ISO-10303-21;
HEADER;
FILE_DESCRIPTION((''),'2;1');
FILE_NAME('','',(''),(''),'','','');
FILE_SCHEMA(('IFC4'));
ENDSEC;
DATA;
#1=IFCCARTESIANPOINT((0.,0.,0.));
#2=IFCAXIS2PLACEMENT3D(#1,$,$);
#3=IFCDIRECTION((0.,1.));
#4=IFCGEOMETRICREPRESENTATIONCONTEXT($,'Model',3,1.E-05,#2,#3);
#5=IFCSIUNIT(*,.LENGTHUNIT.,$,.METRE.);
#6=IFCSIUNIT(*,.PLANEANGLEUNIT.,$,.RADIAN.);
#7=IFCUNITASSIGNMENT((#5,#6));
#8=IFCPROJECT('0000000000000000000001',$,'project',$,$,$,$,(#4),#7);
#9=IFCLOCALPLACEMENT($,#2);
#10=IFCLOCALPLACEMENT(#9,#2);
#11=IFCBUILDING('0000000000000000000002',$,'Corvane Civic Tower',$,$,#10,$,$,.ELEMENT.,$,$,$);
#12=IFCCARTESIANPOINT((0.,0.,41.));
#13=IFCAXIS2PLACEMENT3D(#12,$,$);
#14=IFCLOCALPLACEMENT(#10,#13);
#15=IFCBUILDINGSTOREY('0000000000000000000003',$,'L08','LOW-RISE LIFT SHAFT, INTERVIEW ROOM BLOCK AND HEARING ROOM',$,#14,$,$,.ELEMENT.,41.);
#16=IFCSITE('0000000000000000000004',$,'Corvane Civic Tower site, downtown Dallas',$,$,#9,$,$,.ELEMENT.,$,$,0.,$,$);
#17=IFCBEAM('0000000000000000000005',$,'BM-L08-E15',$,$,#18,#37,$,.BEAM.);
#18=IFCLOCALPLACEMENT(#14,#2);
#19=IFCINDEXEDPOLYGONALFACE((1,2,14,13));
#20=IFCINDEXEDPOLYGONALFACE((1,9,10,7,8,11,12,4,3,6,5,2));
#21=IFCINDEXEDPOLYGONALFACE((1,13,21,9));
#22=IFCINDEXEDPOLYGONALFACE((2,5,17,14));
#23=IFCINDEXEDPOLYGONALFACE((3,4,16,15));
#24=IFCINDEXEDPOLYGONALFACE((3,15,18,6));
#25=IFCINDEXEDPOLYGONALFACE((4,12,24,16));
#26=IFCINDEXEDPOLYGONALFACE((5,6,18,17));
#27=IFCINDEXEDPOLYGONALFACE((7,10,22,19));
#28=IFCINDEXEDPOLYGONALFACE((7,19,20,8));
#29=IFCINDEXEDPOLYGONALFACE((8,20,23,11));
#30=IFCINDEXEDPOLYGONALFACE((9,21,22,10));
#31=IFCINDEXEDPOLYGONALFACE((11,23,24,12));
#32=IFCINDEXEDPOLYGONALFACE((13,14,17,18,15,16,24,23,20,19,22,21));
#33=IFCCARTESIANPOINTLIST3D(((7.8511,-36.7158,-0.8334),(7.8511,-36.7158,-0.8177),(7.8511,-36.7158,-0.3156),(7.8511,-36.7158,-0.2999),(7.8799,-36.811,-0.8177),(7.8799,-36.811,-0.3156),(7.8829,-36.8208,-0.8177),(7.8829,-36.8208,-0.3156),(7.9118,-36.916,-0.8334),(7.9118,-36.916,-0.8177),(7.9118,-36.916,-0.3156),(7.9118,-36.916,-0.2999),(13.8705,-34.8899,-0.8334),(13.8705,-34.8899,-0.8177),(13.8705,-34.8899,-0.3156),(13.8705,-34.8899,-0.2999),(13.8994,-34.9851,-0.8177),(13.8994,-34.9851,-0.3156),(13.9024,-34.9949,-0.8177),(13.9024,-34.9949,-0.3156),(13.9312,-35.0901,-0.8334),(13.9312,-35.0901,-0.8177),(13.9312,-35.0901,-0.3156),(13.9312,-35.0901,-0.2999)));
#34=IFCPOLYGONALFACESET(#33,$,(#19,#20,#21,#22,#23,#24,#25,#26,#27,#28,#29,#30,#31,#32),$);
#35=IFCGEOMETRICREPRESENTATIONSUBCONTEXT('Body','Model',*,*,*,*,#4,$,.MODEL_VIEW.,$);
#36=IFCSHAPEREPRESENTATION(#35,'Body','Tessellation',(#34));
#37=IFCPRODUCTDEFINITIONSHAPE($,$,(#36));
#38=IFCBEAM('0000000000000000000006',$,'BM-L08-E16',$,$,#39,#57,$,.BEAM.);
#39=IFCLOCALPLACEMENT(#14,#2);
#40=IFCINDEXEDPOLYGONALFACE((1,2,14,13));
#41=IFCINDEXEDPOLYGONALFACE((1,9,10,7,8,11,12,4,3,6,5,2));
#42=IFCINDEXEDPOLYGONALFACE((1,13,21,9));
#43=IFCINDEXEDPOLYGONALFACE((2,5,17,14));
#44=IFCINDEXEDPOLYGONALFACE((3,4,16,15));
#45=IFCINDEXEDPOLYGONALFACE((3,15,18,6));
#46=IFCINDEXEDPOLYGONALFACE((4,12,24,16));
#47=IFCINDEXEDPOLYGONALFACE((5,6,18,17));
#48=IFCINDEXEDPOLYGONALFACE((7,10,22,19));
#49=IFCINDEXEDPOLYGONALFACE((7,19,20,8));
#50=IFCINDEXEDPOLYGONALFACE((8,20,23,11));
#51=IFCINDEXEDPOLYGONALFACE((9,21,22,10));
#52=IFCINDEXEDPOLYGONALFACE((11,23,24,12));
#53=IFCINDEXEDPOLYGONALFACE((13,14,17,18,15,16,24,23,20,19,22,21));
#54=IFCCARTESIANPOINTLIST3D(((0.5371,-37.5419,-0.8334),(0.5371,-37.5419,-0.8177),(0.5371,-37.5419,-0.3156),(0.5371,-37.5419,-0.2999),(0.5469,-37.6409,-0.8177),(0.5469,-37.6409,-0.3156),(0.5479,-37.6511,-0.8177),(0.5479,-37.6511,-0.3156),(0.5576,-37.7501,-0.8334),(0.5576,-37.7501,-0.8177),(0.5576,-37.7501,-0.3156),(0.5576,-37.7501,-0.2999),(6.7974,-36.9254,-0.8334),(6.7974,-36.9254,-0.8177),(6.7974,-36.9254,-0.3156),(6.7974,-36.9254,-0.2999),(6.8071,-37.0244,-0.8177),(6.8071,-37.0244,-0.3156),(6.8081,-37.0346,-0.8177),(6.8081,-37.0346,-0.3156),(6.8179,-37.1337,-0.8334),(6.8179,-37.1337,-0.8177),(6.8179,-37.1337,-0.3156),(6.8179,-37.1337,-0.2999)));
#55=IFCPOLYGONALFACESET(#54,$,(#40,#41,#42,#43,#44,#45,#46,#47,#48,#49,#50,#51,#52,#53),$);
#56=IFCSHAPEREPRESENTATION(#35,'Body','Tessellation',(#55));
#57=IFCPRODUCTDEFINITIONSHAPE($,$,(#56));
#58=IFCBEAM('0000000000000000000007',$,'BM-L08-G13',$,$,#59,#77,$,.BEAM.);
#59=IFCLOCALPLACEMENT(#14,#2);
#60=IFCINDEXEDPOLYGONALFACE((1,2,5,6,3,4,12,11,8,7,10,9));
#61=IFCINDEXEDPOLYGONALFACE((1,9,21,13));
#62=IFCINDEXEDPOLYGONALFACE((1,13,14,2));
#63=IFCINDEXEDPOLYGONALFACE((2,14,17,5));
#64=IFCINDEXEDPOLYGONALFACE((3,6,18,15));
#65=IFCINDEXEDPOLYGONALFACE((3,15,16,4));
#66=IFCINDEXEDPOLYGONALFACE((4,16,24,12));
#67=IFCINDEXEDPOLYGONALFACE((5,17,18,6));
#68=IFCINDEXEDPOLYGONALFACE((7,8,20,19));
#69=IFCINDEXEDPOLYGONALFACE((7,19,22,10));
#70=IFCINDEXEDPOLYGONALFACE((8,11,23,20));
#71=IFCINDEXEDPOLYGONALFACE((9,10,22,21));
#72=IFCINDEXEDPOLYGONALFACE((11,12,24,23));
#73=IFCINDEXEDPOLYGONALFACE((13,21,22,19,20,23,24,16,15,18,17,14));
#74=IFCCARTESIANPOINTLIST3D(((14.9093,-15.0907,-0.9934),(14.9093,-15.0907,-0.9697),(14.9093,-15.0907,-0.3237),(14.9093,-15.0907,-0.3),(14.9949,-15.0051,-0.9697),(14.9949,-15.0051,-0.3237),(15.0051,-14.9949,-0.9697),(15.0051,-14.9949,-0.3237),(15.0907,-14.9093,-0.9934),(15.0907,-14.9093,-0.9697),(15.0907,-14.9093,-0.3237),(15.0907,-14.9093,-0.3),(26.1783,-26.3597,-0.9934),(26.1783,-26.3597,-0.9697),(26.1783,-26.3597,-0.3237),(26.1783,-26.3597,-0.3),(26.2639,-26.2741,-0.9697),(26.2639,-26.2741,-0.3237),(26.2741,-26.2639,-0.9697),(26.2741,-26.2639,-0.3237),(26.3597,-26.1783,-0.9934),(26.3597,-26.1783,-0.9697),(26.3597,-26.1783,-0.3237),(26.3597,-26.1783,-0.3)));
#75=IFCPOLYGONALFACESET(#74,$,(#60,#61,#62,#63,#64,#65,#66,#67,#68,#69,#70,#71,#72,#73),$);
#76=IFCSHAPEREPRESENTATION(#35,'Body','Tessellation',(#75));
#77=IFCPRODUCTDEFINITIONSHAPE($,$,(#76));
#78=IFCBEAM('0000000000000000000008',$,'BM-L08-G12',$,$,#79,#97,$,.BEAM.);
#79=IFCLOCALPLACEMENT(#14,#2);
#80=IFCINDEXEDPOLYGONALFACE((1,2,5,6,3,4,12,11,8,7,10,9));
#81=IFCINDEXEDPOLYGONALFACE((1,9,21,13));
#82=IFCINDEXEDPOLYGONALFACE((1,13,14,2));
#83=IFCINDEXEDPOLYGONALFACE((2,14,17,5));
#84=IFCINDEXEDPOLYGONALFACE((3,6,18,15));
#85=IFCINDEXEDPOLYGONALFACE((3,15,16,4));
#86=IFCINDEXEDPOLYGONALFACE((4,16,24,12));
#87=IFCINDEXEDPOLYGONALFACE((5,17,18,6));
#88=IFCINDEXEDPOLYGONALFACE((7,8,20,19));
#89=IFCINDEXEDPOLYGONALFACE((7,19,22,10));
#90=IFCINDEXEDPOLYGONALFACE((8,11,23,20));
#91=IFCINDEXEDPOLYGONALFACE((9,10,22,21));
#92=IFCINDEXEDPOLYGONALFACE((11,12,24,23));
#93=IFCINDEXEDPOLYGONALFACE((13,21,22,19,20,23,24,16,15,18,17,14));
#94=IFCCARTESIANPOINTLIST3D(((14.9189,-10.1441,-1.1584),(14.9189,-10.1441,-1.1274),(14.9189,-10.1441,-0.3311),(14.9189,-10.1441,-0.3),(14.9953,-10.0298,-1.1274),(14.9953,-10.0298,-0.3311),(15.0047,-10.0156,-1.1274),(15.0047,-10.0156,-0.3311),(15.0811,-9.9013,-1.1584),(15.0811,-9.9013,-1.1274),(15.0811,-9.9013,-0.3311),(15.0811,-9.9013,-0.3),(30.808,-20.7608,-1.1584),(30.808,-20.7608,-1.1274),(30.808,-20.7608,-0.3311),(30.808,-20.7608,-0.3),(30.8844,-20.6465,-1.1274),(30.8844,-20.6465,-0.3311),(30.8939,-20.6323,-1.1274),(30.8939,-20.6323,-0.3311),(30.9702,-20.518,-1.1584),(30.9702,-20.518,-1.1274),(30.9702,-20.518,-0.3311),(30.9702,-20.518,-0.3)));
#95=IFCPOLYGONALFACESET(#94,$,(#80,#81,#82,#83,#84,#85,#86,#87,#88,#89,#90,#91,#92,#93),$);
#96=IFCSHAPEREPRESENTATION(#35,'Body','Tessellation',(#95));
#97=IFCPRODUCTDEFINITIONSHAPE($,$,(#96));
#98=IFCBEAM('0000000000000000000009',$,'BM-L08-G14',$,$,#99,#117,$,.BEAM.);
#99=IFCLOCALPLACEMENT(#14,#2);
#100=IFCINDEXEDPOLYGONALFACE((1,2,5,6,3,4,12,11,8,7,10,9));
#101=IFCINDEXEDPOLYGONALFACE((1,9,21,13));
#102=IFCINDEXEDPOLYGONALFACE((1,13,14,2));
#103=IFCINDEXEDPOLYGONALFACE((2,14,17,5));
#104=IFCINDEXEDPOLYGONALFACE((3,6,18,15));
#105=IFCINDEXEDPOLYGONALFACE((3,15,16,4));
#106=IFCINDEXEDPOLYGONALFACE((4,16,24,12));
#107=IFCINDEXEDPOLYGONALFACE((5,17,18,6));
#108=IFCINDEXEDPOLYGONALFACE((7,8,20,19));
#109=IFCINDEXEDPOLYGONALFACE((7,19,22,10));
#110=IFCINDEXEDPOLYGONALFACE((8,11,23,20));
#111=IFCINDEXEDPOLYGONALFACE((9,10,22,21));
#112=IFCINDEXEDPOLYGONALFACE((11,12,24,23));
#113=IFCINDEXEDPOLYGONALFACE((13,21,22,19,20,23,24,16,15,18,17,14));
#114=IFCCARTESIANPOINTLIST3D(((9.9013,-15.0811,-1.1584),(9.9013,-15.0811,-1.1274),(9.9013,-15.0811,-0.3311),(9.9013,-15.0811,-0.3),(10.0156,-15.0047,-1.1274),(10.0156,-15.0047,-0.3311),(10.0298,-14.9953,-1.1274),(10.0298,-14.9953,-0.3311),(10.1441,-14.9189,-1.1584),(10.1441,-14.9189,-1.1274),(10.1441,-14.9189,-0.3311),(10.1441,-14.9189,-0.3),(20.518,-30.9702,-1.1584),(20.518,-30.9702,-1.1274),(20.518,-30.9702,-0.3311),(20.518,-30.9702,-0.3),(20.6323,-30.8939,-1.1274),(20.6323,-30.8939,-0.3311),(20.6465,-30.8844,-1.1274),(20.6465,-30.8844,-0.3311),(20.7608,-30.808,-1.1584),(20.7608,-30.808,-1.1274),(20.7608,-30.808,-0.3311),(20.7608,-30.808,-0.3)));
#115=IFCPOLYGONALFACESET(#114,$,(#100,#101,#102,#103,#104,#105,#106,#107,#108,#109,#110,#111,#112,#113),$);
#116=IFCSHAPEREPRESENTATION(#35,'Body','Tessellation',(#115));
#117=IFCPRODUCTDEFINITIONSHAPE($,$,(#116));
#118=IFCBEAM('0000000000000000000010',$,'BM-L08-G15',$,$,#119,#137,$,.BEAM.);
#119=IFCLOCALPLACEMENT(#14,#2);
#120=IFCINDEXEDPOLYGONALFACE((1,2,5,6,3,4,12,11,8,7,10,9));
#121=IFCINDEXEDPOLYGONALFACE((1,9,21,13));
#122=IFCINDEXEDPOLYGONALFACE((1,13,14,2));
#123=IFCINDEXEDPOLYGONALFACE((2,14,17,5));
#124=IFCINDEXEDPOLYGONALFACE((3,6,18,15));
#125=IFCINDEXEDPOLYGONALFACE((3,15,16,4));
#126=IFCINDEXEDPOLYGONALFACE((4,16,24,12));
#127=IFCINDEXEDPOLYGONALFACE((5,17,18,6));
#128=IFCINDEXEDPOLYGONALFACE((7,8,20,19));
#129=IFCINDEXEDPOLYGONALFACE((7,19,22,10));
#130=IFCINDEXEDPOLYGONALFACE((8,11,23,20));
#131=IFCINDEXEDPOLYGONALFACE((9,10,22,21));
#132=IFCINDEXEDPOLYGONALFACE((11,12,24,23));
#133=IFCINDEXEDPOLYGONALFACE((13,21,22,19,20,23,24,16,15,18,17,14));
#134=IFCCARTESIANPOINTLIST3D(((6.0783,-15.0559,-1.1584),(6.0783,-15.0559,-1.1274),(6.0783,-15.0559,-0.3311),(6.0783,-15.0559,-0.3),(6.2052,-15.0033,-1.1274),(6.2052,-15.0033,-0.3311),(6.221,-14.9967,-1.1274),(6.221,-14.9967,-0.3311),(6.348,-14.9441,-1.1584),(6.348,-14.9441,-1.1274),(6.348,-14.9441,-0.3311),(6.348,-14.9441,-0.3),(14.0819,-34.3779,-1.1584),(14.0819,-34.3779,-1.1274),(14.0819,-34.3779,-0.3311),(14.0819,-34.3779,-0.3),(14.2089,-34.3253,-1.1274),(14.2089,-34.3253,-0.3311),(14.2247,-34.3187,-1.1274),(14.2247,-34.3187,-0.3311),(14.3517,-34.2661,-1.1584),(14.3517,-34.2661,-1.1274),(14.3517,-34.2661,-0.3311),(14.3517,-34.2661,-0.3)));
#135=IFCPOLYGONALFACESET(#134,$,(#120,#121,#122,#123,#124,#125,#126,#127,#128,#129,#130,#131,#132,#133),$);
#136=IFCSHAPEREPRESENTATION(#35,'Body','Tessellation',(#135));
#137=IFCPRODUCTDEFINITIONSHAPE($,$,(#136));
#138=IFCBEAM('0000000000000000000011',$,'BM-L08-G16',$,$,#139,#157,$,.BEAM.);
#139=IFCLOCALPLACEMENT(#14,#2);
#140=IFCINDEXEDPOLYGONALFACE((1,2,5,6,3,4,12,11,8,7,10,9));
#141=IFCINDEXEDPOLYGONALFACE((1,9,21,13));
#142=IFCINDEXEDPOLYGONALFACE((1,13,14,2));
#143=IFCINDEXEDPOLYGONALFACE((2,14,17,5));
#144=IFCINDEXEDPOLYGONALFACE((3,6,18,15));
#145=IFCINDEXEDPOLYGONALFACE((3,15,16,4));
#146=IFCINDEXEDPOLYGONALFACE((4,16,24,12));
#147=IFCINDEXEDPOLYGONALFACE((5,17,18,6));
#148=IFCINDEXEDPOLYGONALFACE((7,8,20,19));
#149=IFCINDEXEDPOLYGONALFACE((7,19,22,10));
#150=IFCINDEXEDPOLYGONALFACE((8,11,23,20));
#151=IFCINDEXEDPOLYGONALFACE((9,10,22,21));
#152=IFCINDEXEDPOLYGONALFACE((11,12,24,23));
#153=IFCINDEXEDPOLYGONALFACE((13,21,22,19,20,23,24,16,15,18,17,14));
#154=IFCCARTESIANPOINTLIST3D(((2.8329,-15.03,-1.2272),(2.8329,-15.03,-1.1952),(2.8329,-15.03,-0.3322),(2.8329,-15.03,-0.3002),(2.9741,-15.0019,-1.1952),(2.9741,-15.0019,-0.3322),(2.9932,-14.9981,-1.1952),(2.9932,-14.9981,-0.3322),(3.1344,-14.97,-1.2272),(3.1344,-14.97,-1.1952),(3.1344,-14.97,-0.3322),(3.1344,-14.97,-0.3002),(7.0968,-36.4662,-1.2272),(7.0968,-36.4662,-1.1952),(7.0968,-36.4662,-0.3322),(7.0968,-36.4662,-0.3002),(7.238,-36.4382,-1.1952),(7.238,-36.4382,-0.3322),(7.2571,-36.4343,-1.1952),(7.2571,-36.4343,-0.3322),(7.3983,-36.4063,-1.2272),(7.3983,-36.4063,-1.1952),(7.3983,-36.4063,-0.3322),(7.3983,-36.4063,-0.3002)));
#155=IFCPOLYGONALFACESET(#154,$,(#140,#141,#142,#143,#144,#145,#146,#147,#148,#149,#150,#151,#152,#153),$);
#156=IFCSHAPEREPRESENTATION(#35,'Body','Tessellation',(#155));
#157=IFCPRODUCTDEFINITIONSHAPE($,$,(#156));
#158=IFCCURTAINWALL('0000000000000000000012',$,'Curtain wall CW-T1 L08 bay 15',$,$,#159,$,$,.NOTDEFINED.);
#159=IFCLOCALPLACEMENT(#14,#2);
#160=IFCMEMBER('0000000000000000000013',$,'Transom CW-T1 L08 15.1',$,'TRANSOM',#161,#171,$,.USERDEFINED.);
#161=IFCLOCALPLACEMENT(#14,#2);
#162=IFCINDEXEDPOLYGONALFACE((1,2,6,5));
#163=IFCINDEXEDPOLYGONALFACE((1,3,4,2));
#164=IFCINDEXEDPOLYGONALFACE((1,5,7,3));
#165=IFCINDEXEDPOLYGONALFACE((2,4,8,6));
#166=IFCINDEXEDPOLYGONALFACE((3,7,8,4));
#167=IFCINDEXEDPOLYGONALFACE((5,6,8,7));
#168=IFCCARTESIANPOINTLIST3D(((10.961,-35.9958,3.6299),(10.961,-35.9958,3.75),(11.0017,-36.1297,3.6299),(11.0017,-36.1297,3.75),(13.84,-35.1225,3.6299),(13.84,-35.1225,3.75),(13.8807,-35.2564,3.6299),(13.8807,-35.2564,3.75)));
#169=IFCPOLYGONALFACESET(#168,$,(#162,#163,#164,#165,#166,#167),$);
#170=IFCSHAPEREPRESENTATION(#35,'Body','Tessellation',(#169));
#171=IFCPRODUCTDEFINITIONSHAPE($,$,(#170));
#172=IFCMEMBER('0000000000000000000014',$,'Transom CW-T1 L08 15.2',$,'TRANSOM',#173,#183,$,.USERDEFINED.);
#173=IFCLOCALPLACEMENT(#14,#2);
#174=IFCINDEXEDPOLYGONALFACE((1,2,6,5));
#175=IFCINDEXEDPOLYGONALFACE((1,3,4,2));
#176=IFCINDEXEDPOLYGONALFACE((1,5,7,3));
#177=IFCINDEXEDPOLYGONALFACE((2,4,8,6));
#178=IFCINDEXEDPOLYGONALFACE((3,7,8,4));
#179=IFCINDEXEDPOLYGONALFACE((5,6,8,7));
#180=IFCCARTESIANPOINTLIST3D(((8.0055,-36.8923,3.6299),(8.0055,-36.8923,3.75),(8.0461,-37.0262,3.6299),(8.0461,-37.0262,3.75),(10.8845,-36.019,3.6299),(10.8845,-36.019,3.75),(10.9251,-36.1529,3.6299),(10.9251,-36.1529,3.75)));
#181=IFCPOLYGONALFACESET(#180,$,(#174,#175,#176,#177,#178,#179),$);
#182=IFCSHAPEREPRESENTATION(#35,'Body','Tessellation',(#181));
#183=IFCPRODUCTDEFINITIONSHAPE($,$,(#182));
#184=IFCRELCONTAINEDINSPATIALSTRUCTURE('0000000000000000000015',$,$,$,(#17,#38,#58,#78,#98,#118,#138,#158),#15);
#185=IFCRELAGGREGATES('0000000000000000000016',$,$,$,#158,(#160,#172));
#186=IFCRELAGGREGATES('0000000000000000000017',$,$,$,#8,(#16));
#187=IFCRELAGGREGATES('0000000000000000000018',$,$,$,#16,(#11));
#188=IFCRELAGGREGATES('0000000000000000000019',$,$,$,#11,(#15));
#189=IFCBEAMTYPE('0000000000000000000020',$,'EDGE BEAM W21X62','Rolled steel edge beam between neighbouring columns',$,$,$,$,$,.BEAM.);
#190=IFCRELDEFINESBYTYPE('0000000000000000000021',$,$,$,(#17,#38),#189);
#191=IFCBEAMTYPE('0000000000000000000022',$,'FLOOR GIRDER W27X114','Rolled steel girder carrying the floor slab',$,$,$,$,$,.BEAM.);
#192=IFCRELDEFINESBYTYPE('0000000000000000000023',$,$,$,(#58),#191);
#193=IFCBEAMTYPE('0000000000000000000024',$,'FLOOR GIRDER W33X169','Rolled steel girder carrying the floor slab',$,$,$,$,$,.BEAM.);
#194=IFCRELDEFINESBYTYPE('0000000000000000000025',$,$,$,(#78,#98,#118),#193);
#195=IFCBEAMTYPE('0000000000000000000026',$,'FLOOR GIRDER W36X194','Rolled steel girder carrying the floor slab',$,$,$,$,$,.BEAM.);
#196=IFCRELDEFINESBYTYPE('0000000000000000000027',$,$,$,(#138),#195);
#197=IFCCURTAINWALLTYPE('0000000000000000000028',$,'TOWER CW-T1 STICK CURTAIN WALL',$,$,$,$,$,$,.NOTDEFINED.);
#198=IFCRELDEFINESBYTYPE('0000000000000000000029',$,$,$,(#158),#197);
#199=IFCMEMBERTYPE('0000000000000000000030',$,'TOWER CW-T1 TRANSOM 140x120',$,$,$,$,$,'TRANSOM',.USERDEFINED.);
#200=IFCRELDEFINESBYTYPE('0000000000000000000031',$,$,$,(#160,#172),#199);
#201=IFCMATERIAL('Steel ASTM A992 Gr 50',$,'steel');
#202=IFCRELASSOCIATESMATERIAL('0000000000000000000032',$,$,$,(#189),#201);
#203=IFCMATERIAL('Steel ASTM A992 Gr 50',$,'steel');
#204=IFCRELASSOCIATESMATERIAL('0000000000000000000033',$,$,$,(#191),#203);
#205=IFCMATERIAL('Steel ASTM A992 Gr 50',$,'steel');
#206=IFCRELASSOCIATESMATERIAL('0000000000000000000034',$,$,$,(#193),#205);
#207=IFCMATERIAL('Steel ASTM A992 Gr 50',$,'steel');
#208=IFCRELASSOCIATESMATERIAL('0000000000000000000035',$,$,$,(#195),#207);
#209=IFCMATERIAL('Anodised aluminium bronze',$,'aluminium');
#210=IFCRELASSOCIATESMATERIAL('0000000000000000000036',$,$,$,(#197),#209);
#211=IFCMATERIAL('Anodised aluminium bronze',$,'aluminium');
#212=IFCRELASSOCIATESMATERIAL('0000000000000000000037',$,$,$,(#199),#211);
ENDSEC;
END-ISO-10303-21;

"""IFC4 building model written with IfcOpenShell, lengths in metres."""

from ifc_helpers import new_model, si_unit, direction, frame, origin, origin_2d, place, context, subcontext, project, spatial, rectangle, i_section, extrude, material, material_profile, profile_set, type_object, element, aggregate, save


model = new_model("IFC4")

# Units and contexts
model_context = context("Model", 3, precision=1e-05, world=origin(), true_north=direction((0.0, 1.0)))
body_context = subcontext(model_context, "Body", "Model", "MODEL_VIEW")
ifc_project = project(units=[si_unit("LENGTHUNIT", "METRE"), si_unit("PLANEANGLEUNIT", "RADIAN")], contexts=[model_context])

# Site, building, storey
site_placement = place(None, origin())
site = spatial("IfcSite", under=ifc_project, at=site_placement, Name="Corvane Civic Tower site, downtown Dallas", CompositionType="ELEMENT", RefElevation=0.0)
building_placement = place(site_placement, origin())
building = spatial("IfcBuilding", under=site, at=building_placement, Name="Corvane Civic Tower", CompositionType="ELEMENT")
storey_placement = place(building_placement, frame((0.0, 0.0, 41.0)))
storey = spatial("IfcBuildingStorey", under=building, at=storey_placement, Name="L08", Description="LOW-RISE LIFT SHAFT, INTERVIEW ROOM BLOCK AND HEARING ROOM", CompositionType="ELEMENT", Elevation=41.0)

# Beams
ifc_material_1 = material(Name="Steel ASTM A992 Gr 50", Category="steel")
ifc_material_profile_1 = material_profile(ifc_material_1, i_section(OverallWidth=0.2092, OverallDepth=0.5334, WebThickness=0.0103, FlangeThickness=0.0156, at=origin_2d()), Name="W21X62")
ifc_profile_set_1 = profile_set([ifc_material_profile_1], Name="Steel ASTM A992 Gr 50")
beam_type_1 = type_object("IfcBeamType", Name="EDGE BEAM W21X62", Description="Rolled steel edge beam between neighbouring columns", PredefinedType="BEAM", material=ifc_profile_set_1)
beam_1_placement = place(storey_placement, frame((13.9009, -34.99, -0.5667), z_axis=(-0.956944, -0.290273, 0.0), x_axis=(0.290273, -0.956944, 0.0)))
element("IfcBeam", 1, at=beam_1_placement, inside=storey, type_object=beam_type_1, Name="BM-L08-E15", PredefinedType="BEAM", context=body_context, shape_type="SweptSolid", body=[
    extrude(i_section(OverallWidth=0.2092, OverallDepth=0.5334, WebThickness=0.0103, FlangeThickness=0.0156, at=origin_2d()), origin(), (0.0, 0.0, 1.0), 6.2903),
])
beam_2_placement = place(storey_placement, frame((6.8076, -37.0295, -0.5667), z_axis=(-0.995187, -0.097997, 0.0), x_axis=(0.097997, -0.995187, 0.0)))
element("IfcBeam", 2, at=beam_2_placement, inside=storey, type_object=beam_type_1, Name="BM-L08-E16", PredefinedType="BEAM", context=body_context, shape_type="SweptSolid", body=[
    extrude(i_section(OverallWidth=0.2092, OverallDepth=0.5334, WebThickness=0.0103, FlangeThickness=0.0156, at=origin_2d()), origin(), (0.0, 0.0, 1.0), 6.2905),
])
ifc_material_2 = material(Name="Steel ASTM A992 Gr 50", Category="steel")
ifc_material_profile_2 = material_profile(ifc_material_2, i_section(OverallWidth=0.2566, OverallDepth=0.6934, WebThickness=0.0144, FlangeThickness=0.0237, at=origin_2d()), Name="W27X114")
ifc_profile_set_2 = profile_set([ifc_material_profile_2], Name="Steel ASTM A992 Gr 50")
beam_type_2 = type_object("IfcBeamType", Name="FLOOR GIRDER W27X114", Description="Rolled steel girder carrying the floor slab", PredefinedType="BEAM", material=ifc_profile_set_2)
beam_3_placement = place(storey_placement, frame((15.0, -15.0, -0.6467), z_axis=(0.707107, -0.707107, 0.0), x_axis=(0.707107, 0.707107, 0.0)))
element("IfcBeam", 3, at=beam_3_placement, inside=storey, type_object=beam_type_2, Name="BM-L08-G13", PredefinedType="BEAM", context=body_context, shape_type="SweptSolid", body=[
    extrude(i_section(OverallWidth=0.2566, OverallDepth=0.6934, WebThickness=0.0144, FlangeThickness=0.0237, at=origin_2d()), origin(), (0.0, 0.0, 1.0), 15.9368),
])
ifc_material_3 = material(Name="Steel ASTM A992 Gr 50", Category="steel")
ifc_material_profile_3 = material_profile(ifc_material_3, i_section(OverallWidth=0.292, OverallDepth=0.8584, WebThickness=0.0171, FlangeThickness=0.031, at=origin_2d()), Name="W33X169")
ifc_profile_set_3 = profile_set([ifc_material_profile_3], Name="Steel ASTM A992 Gr 50")
beam_type_3 = type_object("IfcBeamType", Name="FLOOR GIRDER W33X169", Description="Rolled steel girder carrying the floor slab", PredefinedType="BEAM", material=ifc_profile_set_3)
for number, where, z_axis, x_axis, name in (
    (4, (15.0, -10.0227, -0.7292), (0.831472, -0.555567, 0.0), (0.555567, 0.831472, 0.0), "BM-L08-G12"),
    (5, (10.0227, -15.0, -0.7292), (0.555567, -0.831472, 0.0), (0.831472, 0.555567, 0.0), "BM-L08-G14"),
):
    element("IfcBeam", number, at=place(storey_placement, frame(where, z_axis=z_axis, x_axis=x_axis)), inside=storey, type_object=beam_type_3, Name=name, PredefinedType="BEAM", context=body_context, shape_type="SweptSolid", body=[
        extrude(i_section(OverallWidth=0.292, OverallDepth=0.8584, WebThickness=0.0171, FlangeThickness=0.031, at=origin_2d()), origin(), (0.0, 0.0, 1.0), 19.1096),
    ])
beam_4_placement = place(storey_placement, frame((6.2131, -15.0, -0.7292), z_axis=(0.382692, -0.923876, 0.0), x_axis=(0.923876, 0.382692, 0.0)))
element("IfcBeam", 6, at=beam_4_placement, inside=storey, type_object=beam_type_3, Name="BM-L08-G15", PredefinedType="BEAM", context=body_context, shape_type="SweptSolid", body=[
    extrude(i_section(OverallWidth=0.292, OverallDepth=0.8584, WebThickness=0.0171, FlangeThickness=0.031, at=origin_2d()), origin(), (0.0, 0.0, 1.0), 20.9141),
])
ifc_material_4 = material(Name="Steel ASTM A992 Gr 50", Category="steel")
ifc_material_profile_4 = material_profile(ifc_material_4, i_section(OverallWidth=0.3074, OverallDepth=0.927, WebThickness=0.0195, FlangeThickness=0.032, at=origin_2d()), Name="W36X194")
ifc_profile_set_4 = profile_set([ifc_material_profile_4], Name="Steel ASTM A992 Gr 50")
beam_type_4 = type_object("IfcBeamType", Name="FLOOR GIRDER W36X194", Description="Rolled steel girder carrying the floor slab", PredefinedType="BEAM", material=ifc_profile_set_4)
beam_5_placement = place(storey_placement, frame((2.9836, -15.0, -0.7637), z_axis=(0.195089, -0.980785, 0.0), x_axis=(0.980785, 0.195089, 0.0)))
element("IfcBeam", 7, at=beam_5_placement, inside=storey, type_object=beam_type_4, Name="BM-L08-G16", PredefinedType="BEAM", context=body_context, shape_type="SweptSolid", body=[
    extrude(i_section(OverallWidth=0.3074, OverallDepth=0.927, WebThickness=0.0195, FlangeThickness=0.032, at=origin_2d()), origin(), (0.0, 0.0, 1.0), 21.8562),
])

# Curtain wall, members
ifc_material_5 = material(Name="Anodised aluminium bronze", Category="aluminium")
curtain_wall_type = type_object("IfcCurtainWallType", Name="TOWER CW-T1 STICK CURTAIN WALL", PredefinedType="NOTDEFINED", material=ifc_material_5)
curtain_wall_1_placement = place(storey_placement, origin())
curtain_wall_1 = element("IfcCurtainWall", 8, at=curtain_wall_1_placement, inside=storey, type_object=curtain_wall_type, Name="Curtain wall CW-T1 L08 bay 15", PredefinedType="NOTDEFINED")
ifc_material_6 = material(Name="Anodised aluminium bronze", Category="aluminium")
ifc_material_profile_5 = material_profile(ifc_material_6, rectangle(XDim=0.1399, YDim=0.1201, at=origin_2d()), Name="TOWER CW-T1 TRANSOM 140x120")
ifc_profile_set_5 = profile_set([ifc_material_profile_5], Name="Anodised aluminium bronze")
member_type_1 = type_object("IfcMemberType", Name="TOWER CW-T1 TRANSOM 140x120", ElementType="TRANSOM", PredefinedType="USERDEFINED", material=ifc_profile_set_5)
member_1_placement = place(storey_placement, frame((13.8604, -35.1895, 3.6899), z_axis=(-0.956942, -0.29028, 0.0), x_axis=(0.29028, -0.956942, 0.0)))
member_1 = element("IfcMember", 9, at=member_1_placement, type_object=member_type_1, Name="Transom CW-T1 L08 15.1", ObjectType="TRANSOM", PredefinedType="USERDEFINED", context=body_context, shape_type="SweptSolid", body=[
    extrude(rectangle(XDim=0.1399, YDim=0.1201, at=origin_2d()), origin(), (0.0, 0.0, 1.0), 3.0085),
])
member_2_placement = place(storey_placement, frame((10.9048, -36.0859, 3.6899), z_axis=(-0.956942, -0.29028, 0.0), x_axis=(0.29028, -0.956942, 0.0)))
member_2 = element("IfcMember", 10, at=member_2_placement, type_object=member_type_1, Name="Transom CW-T1 L08 15.2", ObjectType="TRANSOM", PredefinedType="USERDEFINED", context=body_context, shape_type="SweptSolid", body=[
    extrude(rectangle(XDim=0.1399, YDim=0.1201, at=origin_2d()), origin(), (0.0, 0.0, 1.0), 3.0085),
])

aggregate(curtain_wall_1, [member_1, member_2])

save(model, "model.ifc")
